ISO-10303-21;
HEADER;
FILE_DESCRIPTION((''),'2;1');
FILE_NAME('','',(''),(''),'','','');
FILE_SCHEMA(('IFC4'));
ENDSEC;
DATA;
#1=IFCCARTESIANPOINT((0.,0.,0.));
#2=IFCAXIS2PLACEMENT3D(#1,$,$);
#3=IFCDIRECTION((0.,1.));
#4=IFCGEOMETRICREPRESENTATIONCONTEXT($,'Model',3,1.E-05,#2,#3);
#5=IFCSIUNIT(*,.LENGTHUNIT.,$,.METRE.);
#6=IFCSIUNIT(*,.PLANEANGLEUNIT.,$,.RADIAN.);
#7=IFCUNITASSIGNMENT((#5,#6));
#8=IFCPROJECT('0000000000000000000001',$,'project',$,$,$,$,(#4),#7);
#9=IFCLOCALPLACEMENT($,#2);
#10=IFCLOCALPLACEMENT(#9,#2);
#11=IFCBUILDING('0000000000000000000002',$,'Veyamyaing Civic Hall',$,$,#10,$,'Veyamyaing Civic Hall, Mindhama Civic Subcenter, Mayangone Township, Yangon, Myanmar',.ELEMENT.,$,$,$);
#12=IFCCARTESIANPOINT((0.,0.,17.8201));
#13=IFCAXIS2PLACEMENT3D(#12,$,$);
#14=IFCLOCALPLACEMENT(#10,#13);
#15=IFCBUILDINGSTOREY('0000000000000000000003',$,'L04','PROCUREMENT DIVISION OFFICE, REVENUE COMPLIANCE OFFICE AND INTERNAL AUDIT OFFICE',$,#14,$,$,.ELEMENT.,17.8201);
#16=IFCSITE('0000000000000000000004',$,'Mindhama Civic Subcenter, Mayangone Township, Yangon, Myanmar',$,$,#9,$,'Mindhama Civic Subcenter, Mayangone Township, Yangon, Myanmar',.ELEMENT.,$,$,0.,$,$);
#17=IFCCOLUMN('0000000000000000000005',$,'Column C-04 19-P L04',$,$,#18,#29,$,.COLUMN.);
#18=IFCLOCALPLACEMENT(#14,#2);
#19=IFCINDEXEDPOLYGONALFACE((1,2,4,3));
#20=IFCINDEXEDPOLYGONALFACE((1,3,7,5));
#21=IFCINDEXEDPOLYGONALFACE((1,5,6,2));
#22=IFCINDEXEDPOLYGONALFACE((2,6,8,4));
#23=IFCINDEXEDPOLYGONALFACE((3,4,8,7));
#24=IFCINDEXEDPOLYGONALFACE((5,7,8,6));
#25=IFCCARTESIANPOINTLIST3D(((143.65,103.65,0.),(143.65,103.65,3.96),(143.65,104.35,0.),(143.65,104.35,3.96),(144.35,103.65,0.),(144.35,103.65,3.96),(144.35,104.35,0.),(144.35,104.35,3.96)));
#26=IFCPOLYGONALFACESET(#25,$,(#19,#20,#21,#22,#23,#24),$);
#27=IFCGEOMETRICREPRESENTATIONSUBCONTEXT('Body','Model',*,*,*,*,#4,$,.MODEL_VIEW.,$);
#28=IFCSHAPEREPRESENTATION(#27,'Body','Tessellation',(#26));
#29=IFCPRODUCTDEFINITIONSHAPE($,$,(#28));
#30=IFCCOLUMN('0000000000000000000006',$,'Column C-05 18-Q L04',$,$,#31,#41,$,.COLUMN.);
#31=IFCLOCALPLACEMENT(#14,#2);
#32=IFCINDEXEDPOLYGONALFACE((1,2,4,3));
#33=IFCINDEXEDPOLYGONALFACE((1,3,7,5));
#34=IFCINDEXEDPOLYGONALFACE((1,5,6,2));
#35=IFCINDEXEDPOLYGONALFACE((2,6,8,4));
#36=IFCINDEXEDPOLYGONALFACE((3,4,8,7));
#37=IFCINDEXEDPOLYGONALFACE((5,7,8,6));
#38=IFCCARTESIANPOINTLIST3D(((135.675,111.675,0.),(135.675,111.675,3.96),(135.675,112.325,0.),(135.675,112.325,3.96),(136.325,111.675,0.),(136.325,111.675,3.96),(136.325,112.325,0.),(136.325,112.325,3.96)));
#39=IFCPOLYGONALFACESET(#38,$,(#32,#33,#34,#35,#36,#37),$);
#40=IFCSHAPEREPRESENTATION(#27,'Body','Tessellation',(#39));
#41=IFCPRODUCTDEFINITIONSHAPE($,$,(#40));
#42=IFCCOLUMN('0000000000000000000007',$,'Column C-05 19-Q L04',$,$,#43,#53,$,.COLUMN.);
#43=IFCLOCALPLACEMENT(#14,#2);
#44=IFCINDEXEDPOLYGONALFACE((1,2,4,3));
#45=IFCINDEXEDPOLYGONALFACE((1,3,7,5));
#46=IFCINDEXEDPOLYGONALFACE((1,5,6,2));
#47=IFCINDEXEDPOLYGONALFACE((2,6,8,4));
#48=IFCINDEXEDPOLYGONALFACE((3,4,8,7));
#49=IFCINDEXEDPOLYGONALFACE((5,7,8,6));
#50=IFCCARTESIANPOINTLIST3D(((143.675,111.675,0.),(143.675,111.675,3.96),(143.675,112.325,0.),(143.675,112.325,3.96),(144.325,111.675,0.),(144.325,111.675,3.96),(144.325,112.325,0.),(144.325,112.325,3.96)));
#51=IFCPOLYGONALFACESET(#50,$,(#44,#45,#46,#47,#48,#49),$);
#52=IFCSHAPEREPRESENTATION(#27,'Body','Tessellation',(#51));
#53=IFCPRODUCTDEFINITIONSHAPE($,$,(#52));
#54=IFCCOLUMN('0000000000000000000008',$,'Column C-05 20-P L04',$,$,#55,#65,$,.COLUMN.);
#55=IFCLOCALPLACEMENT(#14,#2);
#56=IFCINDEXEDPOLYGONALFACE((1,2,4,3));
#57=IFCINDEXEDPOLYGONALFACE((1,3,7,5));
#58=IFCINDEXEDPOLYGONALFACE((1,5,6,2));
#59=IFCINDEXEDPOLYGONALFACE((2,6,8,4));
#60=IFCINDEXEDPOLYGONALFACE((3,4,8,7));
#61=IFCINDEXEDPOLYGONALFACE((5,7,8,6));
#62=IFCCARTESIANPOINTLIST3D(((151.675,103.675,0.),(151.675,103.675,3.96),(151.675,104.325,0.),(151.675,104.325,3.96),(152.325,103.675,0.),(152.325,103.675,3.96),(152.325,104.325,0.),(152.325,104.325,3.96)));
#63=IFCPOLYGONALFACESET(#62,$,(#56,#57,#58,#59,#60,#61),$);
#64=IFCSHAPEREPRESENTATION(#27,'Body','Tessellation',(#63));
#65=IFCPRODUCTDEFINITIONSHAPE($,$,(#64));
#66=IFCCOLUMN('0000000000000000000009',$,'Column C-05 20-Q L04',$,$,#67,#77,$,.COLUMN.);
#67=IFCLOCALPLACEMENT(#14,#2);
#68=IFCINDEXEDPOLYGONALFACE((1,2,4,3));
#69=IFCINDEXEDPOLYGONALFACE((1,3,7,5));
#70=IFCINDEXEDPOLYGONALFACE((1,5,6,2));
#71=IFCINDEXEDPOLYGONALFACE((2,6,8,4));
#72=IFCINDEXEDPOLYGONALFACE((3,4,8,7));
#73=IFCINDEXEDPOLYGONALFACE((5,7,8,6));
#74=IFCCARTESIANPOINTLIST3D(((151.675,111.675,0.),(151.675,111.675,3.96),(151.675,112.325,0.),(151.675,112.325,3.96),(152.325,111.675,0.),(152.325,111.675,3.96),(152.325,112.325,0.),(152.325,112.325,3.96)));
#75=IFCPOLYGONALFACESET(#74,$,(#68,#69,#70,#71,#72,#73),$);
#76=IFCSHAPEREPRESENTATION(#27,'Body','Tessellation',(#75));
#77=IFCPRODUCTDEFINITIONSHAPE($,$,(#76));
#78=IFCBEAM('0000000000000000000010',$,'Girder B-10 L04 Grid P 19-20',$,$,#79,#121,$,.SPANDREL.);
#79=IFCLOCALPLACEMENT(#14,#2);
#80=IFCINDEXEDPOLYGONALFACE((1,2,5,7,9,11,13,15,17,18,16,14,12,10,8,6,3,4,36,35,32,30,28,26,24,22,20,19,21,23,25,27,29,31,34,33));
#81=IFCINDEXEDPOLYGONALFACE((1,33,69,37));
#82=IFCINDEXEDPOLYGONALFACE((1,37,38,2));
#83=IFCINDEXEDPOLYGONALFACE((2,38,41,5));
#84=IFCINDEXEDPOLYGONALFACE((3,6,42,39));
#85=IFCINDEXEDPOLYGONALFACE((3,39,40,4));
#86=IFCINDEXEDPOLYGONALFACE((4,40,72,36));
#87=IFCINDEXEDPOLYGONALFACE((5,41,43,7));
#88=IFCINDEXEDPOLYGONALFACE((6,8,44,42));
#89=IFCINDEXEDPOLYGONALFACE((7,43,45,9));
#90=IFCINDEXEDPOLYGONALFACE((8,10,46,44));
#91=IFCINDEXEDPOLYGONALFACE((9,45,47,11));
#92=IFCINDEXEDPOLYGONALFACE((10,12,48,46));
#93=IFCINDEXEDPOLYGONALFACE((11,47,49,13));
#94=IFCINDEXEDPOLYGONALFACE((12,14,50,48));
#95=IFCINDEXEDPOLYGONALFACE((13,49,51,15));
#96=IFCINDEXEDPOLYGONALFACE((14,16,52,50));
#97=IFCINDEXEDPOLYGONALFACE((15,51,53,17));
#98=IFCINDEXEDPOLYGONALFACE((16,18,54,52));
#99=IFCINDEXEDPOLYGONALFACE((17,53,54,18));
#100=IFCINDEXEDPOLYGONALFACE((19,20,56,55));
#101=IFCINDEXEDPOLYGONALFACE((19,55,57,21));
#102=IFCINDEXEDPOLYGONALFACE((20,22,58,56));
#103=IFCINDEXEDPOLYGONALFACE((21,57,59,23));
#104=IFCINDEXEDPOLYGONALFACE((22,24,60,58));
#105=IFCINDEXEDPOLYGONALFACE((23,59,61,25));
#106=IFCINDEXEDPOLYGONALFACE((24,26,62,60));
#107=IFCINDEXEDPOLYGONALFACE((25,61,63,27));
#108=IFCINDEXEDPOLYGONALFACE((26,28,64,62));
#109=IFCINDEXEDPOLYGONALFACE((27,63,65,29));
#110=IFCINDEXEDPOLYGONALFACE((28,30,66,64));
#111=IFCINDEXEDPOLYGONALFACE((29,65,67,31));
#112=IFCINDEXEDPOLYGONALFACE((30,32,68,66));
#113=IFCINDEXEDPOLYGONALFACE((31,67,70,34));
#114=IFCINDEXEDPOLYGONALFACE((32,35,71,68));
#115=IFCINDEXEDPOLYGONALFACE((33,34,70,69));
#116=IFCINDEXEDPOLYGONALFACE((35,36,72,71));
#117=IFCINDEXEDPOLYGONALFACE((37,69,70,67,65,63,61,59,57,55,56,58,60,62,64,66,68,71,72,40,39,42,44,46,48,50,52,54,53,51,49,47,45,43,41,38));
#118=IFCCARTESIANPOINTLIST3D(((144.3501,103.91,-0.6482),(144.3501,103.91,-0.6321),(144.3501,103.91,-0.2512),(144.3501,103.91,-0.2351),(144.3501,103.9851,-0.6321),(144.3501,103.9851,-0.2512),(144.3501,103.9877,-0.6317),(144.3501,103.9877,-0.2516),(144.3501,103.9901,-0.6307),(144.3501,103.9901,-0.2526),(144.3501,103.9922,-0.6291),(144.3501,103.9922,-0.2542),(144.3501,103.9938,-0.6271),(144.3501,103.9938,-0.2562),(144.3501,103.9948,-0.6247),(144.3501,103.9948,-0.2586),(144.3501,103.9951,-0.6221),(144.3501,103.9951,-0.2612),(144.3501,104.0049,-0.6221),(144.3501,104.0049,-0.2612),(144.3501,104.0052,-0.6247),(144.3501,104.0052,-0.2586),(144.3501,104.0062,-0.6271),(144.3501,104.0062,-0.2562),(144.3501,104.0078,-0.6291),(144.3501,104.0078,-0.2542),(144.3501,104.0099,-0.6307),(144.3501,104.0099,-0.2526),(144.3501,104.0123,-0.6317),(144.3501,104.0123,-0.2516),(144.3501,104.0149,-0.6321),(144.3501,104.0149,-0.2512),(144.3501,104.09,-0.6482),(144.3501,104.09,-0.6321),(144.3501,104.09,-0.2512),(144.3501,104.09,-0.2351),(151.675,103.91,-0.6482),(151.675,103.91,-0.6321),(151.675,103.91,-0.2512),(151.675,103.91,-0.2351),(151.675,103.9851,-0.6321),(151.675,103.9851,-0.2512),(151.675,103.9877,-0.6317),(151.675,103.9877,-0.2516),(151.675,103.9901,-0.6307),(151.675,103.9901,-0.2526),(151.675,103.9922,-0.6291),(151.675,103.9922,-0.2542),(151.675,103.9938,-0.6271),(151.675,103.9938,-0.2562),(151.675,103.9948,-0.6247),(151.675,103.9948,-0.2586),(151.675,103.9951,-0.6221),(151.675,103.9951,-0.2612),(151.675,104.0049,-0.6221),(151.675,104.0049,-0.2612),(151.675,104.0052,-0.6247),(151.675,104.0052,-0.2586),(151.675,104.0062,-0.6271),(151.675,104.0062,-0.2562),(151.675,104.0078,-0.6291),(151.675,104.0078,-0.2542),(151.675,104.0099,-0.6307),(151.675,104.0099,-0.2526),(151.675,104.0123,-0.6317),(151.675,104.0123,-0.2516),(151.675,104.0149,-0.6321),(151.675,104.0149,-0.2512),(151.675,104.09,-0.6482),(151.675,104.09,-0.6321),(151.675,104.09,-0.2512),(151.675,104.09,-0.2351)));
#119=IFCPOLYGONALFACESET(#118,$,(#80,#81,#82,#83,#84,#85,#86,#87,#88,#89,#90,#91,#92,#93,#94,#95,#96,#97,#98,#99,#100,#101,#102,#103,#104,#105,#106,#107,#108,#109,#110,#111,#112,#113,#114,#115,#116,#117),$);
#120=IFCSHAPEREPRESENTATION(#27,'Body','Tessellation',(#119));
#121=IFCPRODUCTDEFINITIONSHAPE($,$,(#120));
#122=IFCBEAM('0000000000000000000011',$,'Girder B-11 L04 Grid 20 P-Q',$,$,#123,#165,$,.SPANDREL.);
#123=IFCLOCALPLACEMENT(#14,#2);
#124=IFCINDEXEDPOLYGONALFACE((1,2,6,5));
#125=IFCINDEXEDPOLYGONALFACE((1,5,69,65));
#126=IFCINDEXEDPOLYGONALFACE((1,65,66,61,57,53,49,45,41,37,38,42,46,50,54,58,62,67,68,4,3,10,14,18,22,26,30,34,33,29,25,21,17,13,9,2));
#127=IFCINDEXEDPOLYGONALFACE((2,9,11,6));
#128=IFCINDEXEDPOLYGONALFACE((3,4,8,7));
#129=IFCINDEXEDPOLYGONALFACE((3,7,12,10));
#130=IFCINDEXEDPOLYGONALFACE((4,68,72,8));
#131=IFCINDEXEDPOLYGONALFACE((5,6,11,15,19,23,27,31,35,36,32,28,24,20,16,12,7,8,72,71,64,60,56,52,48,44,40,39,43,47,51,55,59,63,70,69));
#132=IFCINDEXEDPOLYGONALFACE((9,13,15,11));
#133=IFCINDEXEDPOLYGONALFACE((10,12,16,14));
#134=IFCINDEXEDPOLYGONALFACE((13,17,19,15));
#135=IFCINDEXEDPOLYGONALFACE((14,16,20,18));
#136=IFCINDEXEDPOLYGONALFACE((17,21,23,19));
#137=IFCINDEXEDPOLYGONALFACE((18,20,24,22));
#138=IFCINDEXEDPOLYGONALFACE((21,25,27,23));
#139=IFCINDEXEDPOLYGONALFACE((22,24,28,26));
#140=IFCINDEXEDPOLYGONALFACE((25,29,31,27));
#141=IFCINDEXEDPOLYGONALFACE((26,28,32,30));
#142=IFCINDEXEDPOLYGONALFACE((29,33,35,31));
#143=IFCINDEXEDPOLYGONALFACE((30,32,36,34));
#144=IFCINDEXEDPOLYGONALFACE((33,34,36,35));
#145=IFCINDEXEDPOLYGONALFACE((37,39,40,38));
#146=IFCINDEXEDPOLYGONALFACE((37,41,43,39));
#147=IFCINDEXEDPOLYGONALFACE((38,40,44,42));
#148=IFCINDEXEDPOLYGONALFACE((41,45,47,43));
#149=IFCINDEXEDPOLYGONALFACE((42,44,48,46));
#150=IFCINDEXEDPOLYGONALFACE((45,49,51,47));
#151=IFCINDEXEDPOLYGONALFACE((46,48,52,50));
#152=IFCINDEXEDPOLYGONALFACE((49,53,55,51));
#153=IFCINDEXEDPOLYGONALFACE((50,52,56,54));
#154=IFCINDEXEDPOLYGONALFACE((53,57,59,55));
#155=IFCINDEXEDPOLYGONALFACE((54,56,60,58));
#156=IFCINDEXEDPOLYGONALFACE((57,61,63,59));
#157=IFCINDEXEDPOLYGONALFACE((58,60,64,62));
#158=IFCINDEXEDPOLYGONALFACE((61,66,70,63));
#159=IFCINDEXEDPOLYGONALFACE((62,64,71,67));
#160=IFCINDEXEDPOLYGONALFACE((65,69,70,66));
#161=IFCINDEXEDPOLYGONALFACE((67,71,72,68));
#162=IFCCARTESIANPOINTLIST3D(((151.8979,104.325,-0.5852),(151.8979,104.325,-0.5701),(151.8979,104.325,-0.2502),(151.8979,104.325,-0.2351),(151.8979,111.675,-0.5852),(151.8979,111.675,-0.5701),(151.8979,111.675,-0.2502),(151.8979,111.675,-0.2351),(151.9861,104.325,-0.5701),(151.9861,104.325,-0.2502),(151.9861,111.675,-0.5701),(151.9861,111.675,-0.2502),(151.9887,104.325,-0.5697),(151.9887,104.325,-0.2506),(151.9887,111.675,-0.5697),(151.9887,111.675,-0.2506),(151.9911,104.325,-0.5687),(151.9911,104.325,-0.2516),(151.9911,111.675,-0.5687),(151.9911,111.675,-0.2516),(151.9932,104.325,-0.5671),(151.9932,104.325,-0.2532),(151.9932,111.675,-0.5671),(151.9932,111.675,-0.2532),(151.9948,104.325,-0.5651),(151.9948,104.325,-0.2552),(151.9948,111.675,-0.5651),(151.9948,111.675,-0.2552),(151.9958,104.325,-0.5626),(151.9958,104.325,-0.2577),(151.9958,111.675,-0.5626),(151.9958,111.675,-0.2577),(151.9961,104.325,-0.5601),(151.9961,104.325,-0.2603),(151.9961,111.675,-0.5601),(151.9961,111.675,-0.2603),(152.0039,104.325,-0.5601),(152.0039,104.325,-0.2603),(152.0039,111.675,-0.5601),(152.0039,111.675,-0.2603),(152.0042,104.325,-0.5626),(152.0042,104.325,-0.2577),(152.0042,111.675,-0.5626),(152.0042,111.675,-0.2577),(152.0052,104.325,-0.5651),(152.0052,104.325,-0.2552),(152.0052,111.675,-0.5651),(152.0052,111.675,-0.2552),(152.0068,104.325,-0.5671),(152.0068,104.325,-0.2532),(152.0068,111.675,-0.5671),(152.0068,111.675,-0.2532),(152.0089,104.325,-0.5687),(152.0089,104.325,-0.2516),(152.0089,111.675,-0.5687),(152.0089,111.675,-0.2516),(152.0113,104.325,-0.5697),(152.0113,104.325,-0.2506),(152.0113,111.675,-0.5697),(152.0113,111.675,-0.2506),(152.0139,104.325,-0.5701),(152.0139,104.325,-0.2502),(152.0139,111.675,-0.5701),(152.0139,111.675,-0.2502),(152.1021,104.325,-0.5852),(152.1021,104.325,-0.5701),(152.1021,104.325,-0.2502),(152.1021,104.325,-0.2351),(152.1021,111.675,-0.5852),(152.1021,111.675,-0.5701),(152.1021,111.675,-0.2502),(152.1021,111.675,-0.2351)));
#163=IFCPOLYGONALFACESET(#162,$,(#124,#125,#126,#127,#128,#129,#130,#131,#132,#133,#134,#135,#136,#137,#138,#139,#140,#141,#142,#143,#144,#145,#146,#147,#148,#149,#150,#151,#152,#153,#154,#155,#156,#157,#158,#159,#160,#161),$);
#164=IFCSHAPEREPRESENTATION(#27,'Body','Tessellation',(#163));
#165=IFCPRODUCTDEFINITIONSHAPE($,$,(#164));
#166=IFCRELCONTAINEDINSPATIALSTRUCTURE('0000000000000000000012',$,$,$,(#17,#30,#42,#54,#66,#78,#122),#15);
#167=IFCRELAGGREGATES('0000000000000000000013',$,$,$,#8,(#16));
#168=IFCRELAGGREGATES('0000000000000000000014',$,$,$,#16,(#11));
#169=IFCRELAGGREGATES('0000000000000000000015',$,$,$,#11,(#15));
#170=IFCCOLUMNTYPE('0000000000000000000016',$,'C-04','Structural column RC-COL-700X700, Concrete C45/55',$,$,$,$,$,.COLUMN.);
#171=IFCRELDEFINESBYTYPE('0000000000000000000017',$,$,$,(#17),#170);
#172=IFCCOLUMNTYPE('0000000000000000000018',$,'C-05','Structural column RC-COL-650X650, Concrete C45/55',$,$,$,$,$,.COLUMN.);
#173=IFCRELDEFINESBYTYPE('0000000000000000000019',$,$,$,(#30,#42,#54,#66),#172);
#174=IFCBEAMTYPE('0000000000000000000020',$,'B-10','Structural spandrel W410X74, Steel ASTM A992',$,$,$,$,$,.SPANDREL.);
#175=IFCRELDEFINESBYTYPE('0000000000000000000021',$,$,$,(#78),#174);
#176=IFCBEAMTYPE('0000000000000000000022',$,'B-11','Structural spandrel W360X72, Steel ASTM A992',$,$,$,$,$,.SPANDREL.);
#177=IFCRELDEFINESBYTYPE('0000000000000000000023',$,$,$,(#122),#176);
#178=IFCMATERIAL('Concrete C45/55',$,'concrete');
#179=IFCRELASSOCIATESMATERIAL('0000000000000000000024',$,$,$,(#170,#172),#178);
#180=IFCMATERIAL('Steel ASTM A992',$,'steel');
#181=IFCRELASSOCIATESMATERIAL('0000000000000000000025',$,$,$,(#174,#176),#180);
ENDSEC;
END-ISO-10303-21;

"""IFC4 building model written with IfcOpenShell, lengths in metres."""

from ifc_helpers import new_model, si_unit, direction, frame, origin, origin_2d, place, context, subcontext, project, spatial, rectangle, i_section, extrude, material, material_profile, profile_set, type_object, element, save


model = new_model("IFC4")

# Units and contexts
model_context = context("Model", 3, precision=1e-05, world=origin(), true_north=direction((0.0, 1.0)))
body_context = subcontext(model_context, "Body", "Model", "MODEL_VIEW")
ifc_project = project(units=[si_unit("LENGTHUNIT", "METRE"), si_unit("PLANEANGLEUNIT", "RADIAN")], contexts=[model_context])

# Site, building, storey
site_placement = place(None, origin())
site = spatial("IfcSite", under=ifc_project, at=site_placement, Name="Mindhama Civic Subcenter, Mayangone Township, Yangon, Myanmar", LongName="Mindhama Civic Subcenter, Mayangone Township, Yangon, Myanmar", CompositionType="ELEMENT", RefElevation=0.0)
building_placement = place(site_placement, origin())
building = spatial("IfcBuilding", under=site, at=building_placement, Name="Veyamyaing Civic Hall", LongName="Veyamyaing Civic Hall, Mindhama Civic Subcenter, Mayangone Township, Yangon, Myanmar", CompositionType="ELEMENT")
storey_placement = place(building_placement, frame((0.0, 0.0, 17.8201)))
storey = spatial("IfcBuildingStorey", under=building, at=storey_placement, Name="L04", Description="PROCUREMENT DIVISION OFFICE, REVENUE COMPLIANCE OFFICE AND INTERNAL AUDIT OFFICE", CompositionType="ELEMENT", Elevation=17.8201)

# Columns
ifc_material_1 = material(Name="Concrete C45/55", Category="concrete")
ifc_material_profile_1 = material_profile(ifc_material_1, rectangle(XDim=0.7, YDim=0.7, at=origin_2d()), Name="RC-COL-700X700")
ifc_profile_set_1 = profile_set([ifc_material_profile_1], Name="Concrete C45/55")
column_type_1 = type_object("IfcColumnType", Name="C-04", Description="Structural column RC-COL-700X700, Concrete C45/55", PredefinedType="COLUMN", material=ifc_profile_set_1)
column_placement = place(storey_placement, frame((144.0, 104.0, 0.0), z_axis=(0.0, 0.0, 1.0), x_axis=(1.0, 0.0, 0.0)))
element("IfcColumn", 1, at=column_placement, inside=storey, type_object=column_type_1, Name="Column C-04 19-P L04", PredefinedType="COLUMN", context=body_context, shape_type="SweptSolid", body=[
    extrude(rectangle(XDim=0.7, YDim=0.7, at=origin_2d()), origin(), (0.0, 0.0, 1.0), 3.96),
])
ifc_material_profile_2 = material_profile(ifc_material_1, rectangle(XDim=0.6499, YDim=0.6499, at=origin_2d()), Name="RC-COL-650X650")
ifc_profile_set_2 = profile_set([ifc_material_profile_2], Name="Concrete C45/55")
column_type_2 = type_object("IfcColumnType", Name="C-05", Description="Structural column RC-COL-650X650, Concrete C45/55", PredefinedType="COLUMN", material=ifc_profile_set_2)
for number, where, z_axis, x_axis, name in (
    (2, (136.0, 112.0, 0.0), (0.0, 0.0, 1.0), (1.0, 0.0, 0.0), "Column C-05 18-Q L04"),
    (3, (144.0, 112.0, 0.0), (0.0, 0.0, 1.0), (1.0, 0.0, 0.0), "Column C-05 19-Q L04"),
    (4, (152.0, 104.0, 0.0), (0.0, 0.0, 1.0), (1.0, 0.0, 0.0), "Column C-05 20-P L04"),
    (5, (152.0, 112.0, 0.0), (0.0, 0.0, 1.0), (1.0, 0.0, 0.0), "Column C-05 20-Q L04"),
):
    element("IfcColumn", number, at=place(storey_placement, frame(where, z_axis=z_axis, x_axis=x_axis)), inside=storey, type_object=column_type_2, Name=name, PredefinedType="COLUMN", context=body_context, shape_type="SweptSolid", body=[
        extrude(rectangle(XDim=0.6499, YDim=0.6499, at=origin_2d()), origin(), (0.0, 0.0, 1.0), 3.96),
    ])

# Beams
ifc_material_2 = material(Name="Steel ASTM A992", Category="steel")
ifc_material_profile_3 = material_profile(ifc_material_2, i_section(OverallWidth=0.1799, OverallDepth=0.4131, WebThickness=0.0098, FlangeThickness=0.0161, FilletRadius=0.01, at=origin_2d()), Name="W410X74")
ifc_profile_set_3 = profile_set([ifc_material_profile_3], Name="Steel ASTM A992")
beam_type_1 = type_object("IfcBeamType", Name="B-10", Description="Structural spandrel W410X74, Steel ASTM A992", PredefinedType="SPANDREL", material=ifc_profile_set_3)
beam_1_placement = place(storey_placement, frame((144.3501, 104.0, -0.4417), z_axis=(1.0, 0.0, 0.0), x_axis=(0.0, 1.0, 0.0)))
element("IfcBeam", 6, at=beam_1_placement, inside=storey, type_object=beam_type_1, Name="Girder B-10 L04 Grid P 19-20", PredefinedType="SPANDREL", context=body_context, shape_type="SweptSolid", body=[
    extrude(i_section(OverallWidth=0.1799, OverallDepth=0.4131, WebThickness=0.0098, FlangeThickness=0.0161, FilletRadius=0.01, at=origin_2d()), origin(), (0.0, 0.0, 1.0), 7.325),
])
ifc_material_profile_4 = material_profile(ifc_material_2, i_section(OverallWidth=0.2041, OverallDepth=0.3501, WebThickness=0.0078, FlangeThickness=0.0151, FilletRadius=0.01, at=origin_2d()), Name="W360X72")
ifc_profile_set_4 = profile_set([ifc_material_profile_4], Name="Steel ASTM A992")
beam_type_2 = type_object("IfcBeamType", Name="B-11", Description="Structural spandrel W360X72, Steel ASTM A992", PredefinedType="SPANDREL", material=ifc_profile_set_4)
beam_2_placement = place(storey_placement, frame((152.0, 104.325, -0.4102), z_axis=(0.0, 1.0, 0.0), x_axis=(-1.0, 0.0, 0.0)))
element("IfcBeam", 7, at=beam_2_placement, inside=storey, type_object=beam_type_2, Name="Girder B-11 L04 Grid 20 P-Q", PredefinedType="SPANDREL", context=body_context, shape_type="SweptSolid", body=[
    extrude(i_section(OverallWidth=0.2041, OverallDepth=0.3501, WebThickness=0.0078, FlangeThickness=0.0151, FilletRadius=0.01, at=origin_2d()), origin(), (0.0, 0.0, 1.0), 7.3501),
])

save(model, "model.ifc")
